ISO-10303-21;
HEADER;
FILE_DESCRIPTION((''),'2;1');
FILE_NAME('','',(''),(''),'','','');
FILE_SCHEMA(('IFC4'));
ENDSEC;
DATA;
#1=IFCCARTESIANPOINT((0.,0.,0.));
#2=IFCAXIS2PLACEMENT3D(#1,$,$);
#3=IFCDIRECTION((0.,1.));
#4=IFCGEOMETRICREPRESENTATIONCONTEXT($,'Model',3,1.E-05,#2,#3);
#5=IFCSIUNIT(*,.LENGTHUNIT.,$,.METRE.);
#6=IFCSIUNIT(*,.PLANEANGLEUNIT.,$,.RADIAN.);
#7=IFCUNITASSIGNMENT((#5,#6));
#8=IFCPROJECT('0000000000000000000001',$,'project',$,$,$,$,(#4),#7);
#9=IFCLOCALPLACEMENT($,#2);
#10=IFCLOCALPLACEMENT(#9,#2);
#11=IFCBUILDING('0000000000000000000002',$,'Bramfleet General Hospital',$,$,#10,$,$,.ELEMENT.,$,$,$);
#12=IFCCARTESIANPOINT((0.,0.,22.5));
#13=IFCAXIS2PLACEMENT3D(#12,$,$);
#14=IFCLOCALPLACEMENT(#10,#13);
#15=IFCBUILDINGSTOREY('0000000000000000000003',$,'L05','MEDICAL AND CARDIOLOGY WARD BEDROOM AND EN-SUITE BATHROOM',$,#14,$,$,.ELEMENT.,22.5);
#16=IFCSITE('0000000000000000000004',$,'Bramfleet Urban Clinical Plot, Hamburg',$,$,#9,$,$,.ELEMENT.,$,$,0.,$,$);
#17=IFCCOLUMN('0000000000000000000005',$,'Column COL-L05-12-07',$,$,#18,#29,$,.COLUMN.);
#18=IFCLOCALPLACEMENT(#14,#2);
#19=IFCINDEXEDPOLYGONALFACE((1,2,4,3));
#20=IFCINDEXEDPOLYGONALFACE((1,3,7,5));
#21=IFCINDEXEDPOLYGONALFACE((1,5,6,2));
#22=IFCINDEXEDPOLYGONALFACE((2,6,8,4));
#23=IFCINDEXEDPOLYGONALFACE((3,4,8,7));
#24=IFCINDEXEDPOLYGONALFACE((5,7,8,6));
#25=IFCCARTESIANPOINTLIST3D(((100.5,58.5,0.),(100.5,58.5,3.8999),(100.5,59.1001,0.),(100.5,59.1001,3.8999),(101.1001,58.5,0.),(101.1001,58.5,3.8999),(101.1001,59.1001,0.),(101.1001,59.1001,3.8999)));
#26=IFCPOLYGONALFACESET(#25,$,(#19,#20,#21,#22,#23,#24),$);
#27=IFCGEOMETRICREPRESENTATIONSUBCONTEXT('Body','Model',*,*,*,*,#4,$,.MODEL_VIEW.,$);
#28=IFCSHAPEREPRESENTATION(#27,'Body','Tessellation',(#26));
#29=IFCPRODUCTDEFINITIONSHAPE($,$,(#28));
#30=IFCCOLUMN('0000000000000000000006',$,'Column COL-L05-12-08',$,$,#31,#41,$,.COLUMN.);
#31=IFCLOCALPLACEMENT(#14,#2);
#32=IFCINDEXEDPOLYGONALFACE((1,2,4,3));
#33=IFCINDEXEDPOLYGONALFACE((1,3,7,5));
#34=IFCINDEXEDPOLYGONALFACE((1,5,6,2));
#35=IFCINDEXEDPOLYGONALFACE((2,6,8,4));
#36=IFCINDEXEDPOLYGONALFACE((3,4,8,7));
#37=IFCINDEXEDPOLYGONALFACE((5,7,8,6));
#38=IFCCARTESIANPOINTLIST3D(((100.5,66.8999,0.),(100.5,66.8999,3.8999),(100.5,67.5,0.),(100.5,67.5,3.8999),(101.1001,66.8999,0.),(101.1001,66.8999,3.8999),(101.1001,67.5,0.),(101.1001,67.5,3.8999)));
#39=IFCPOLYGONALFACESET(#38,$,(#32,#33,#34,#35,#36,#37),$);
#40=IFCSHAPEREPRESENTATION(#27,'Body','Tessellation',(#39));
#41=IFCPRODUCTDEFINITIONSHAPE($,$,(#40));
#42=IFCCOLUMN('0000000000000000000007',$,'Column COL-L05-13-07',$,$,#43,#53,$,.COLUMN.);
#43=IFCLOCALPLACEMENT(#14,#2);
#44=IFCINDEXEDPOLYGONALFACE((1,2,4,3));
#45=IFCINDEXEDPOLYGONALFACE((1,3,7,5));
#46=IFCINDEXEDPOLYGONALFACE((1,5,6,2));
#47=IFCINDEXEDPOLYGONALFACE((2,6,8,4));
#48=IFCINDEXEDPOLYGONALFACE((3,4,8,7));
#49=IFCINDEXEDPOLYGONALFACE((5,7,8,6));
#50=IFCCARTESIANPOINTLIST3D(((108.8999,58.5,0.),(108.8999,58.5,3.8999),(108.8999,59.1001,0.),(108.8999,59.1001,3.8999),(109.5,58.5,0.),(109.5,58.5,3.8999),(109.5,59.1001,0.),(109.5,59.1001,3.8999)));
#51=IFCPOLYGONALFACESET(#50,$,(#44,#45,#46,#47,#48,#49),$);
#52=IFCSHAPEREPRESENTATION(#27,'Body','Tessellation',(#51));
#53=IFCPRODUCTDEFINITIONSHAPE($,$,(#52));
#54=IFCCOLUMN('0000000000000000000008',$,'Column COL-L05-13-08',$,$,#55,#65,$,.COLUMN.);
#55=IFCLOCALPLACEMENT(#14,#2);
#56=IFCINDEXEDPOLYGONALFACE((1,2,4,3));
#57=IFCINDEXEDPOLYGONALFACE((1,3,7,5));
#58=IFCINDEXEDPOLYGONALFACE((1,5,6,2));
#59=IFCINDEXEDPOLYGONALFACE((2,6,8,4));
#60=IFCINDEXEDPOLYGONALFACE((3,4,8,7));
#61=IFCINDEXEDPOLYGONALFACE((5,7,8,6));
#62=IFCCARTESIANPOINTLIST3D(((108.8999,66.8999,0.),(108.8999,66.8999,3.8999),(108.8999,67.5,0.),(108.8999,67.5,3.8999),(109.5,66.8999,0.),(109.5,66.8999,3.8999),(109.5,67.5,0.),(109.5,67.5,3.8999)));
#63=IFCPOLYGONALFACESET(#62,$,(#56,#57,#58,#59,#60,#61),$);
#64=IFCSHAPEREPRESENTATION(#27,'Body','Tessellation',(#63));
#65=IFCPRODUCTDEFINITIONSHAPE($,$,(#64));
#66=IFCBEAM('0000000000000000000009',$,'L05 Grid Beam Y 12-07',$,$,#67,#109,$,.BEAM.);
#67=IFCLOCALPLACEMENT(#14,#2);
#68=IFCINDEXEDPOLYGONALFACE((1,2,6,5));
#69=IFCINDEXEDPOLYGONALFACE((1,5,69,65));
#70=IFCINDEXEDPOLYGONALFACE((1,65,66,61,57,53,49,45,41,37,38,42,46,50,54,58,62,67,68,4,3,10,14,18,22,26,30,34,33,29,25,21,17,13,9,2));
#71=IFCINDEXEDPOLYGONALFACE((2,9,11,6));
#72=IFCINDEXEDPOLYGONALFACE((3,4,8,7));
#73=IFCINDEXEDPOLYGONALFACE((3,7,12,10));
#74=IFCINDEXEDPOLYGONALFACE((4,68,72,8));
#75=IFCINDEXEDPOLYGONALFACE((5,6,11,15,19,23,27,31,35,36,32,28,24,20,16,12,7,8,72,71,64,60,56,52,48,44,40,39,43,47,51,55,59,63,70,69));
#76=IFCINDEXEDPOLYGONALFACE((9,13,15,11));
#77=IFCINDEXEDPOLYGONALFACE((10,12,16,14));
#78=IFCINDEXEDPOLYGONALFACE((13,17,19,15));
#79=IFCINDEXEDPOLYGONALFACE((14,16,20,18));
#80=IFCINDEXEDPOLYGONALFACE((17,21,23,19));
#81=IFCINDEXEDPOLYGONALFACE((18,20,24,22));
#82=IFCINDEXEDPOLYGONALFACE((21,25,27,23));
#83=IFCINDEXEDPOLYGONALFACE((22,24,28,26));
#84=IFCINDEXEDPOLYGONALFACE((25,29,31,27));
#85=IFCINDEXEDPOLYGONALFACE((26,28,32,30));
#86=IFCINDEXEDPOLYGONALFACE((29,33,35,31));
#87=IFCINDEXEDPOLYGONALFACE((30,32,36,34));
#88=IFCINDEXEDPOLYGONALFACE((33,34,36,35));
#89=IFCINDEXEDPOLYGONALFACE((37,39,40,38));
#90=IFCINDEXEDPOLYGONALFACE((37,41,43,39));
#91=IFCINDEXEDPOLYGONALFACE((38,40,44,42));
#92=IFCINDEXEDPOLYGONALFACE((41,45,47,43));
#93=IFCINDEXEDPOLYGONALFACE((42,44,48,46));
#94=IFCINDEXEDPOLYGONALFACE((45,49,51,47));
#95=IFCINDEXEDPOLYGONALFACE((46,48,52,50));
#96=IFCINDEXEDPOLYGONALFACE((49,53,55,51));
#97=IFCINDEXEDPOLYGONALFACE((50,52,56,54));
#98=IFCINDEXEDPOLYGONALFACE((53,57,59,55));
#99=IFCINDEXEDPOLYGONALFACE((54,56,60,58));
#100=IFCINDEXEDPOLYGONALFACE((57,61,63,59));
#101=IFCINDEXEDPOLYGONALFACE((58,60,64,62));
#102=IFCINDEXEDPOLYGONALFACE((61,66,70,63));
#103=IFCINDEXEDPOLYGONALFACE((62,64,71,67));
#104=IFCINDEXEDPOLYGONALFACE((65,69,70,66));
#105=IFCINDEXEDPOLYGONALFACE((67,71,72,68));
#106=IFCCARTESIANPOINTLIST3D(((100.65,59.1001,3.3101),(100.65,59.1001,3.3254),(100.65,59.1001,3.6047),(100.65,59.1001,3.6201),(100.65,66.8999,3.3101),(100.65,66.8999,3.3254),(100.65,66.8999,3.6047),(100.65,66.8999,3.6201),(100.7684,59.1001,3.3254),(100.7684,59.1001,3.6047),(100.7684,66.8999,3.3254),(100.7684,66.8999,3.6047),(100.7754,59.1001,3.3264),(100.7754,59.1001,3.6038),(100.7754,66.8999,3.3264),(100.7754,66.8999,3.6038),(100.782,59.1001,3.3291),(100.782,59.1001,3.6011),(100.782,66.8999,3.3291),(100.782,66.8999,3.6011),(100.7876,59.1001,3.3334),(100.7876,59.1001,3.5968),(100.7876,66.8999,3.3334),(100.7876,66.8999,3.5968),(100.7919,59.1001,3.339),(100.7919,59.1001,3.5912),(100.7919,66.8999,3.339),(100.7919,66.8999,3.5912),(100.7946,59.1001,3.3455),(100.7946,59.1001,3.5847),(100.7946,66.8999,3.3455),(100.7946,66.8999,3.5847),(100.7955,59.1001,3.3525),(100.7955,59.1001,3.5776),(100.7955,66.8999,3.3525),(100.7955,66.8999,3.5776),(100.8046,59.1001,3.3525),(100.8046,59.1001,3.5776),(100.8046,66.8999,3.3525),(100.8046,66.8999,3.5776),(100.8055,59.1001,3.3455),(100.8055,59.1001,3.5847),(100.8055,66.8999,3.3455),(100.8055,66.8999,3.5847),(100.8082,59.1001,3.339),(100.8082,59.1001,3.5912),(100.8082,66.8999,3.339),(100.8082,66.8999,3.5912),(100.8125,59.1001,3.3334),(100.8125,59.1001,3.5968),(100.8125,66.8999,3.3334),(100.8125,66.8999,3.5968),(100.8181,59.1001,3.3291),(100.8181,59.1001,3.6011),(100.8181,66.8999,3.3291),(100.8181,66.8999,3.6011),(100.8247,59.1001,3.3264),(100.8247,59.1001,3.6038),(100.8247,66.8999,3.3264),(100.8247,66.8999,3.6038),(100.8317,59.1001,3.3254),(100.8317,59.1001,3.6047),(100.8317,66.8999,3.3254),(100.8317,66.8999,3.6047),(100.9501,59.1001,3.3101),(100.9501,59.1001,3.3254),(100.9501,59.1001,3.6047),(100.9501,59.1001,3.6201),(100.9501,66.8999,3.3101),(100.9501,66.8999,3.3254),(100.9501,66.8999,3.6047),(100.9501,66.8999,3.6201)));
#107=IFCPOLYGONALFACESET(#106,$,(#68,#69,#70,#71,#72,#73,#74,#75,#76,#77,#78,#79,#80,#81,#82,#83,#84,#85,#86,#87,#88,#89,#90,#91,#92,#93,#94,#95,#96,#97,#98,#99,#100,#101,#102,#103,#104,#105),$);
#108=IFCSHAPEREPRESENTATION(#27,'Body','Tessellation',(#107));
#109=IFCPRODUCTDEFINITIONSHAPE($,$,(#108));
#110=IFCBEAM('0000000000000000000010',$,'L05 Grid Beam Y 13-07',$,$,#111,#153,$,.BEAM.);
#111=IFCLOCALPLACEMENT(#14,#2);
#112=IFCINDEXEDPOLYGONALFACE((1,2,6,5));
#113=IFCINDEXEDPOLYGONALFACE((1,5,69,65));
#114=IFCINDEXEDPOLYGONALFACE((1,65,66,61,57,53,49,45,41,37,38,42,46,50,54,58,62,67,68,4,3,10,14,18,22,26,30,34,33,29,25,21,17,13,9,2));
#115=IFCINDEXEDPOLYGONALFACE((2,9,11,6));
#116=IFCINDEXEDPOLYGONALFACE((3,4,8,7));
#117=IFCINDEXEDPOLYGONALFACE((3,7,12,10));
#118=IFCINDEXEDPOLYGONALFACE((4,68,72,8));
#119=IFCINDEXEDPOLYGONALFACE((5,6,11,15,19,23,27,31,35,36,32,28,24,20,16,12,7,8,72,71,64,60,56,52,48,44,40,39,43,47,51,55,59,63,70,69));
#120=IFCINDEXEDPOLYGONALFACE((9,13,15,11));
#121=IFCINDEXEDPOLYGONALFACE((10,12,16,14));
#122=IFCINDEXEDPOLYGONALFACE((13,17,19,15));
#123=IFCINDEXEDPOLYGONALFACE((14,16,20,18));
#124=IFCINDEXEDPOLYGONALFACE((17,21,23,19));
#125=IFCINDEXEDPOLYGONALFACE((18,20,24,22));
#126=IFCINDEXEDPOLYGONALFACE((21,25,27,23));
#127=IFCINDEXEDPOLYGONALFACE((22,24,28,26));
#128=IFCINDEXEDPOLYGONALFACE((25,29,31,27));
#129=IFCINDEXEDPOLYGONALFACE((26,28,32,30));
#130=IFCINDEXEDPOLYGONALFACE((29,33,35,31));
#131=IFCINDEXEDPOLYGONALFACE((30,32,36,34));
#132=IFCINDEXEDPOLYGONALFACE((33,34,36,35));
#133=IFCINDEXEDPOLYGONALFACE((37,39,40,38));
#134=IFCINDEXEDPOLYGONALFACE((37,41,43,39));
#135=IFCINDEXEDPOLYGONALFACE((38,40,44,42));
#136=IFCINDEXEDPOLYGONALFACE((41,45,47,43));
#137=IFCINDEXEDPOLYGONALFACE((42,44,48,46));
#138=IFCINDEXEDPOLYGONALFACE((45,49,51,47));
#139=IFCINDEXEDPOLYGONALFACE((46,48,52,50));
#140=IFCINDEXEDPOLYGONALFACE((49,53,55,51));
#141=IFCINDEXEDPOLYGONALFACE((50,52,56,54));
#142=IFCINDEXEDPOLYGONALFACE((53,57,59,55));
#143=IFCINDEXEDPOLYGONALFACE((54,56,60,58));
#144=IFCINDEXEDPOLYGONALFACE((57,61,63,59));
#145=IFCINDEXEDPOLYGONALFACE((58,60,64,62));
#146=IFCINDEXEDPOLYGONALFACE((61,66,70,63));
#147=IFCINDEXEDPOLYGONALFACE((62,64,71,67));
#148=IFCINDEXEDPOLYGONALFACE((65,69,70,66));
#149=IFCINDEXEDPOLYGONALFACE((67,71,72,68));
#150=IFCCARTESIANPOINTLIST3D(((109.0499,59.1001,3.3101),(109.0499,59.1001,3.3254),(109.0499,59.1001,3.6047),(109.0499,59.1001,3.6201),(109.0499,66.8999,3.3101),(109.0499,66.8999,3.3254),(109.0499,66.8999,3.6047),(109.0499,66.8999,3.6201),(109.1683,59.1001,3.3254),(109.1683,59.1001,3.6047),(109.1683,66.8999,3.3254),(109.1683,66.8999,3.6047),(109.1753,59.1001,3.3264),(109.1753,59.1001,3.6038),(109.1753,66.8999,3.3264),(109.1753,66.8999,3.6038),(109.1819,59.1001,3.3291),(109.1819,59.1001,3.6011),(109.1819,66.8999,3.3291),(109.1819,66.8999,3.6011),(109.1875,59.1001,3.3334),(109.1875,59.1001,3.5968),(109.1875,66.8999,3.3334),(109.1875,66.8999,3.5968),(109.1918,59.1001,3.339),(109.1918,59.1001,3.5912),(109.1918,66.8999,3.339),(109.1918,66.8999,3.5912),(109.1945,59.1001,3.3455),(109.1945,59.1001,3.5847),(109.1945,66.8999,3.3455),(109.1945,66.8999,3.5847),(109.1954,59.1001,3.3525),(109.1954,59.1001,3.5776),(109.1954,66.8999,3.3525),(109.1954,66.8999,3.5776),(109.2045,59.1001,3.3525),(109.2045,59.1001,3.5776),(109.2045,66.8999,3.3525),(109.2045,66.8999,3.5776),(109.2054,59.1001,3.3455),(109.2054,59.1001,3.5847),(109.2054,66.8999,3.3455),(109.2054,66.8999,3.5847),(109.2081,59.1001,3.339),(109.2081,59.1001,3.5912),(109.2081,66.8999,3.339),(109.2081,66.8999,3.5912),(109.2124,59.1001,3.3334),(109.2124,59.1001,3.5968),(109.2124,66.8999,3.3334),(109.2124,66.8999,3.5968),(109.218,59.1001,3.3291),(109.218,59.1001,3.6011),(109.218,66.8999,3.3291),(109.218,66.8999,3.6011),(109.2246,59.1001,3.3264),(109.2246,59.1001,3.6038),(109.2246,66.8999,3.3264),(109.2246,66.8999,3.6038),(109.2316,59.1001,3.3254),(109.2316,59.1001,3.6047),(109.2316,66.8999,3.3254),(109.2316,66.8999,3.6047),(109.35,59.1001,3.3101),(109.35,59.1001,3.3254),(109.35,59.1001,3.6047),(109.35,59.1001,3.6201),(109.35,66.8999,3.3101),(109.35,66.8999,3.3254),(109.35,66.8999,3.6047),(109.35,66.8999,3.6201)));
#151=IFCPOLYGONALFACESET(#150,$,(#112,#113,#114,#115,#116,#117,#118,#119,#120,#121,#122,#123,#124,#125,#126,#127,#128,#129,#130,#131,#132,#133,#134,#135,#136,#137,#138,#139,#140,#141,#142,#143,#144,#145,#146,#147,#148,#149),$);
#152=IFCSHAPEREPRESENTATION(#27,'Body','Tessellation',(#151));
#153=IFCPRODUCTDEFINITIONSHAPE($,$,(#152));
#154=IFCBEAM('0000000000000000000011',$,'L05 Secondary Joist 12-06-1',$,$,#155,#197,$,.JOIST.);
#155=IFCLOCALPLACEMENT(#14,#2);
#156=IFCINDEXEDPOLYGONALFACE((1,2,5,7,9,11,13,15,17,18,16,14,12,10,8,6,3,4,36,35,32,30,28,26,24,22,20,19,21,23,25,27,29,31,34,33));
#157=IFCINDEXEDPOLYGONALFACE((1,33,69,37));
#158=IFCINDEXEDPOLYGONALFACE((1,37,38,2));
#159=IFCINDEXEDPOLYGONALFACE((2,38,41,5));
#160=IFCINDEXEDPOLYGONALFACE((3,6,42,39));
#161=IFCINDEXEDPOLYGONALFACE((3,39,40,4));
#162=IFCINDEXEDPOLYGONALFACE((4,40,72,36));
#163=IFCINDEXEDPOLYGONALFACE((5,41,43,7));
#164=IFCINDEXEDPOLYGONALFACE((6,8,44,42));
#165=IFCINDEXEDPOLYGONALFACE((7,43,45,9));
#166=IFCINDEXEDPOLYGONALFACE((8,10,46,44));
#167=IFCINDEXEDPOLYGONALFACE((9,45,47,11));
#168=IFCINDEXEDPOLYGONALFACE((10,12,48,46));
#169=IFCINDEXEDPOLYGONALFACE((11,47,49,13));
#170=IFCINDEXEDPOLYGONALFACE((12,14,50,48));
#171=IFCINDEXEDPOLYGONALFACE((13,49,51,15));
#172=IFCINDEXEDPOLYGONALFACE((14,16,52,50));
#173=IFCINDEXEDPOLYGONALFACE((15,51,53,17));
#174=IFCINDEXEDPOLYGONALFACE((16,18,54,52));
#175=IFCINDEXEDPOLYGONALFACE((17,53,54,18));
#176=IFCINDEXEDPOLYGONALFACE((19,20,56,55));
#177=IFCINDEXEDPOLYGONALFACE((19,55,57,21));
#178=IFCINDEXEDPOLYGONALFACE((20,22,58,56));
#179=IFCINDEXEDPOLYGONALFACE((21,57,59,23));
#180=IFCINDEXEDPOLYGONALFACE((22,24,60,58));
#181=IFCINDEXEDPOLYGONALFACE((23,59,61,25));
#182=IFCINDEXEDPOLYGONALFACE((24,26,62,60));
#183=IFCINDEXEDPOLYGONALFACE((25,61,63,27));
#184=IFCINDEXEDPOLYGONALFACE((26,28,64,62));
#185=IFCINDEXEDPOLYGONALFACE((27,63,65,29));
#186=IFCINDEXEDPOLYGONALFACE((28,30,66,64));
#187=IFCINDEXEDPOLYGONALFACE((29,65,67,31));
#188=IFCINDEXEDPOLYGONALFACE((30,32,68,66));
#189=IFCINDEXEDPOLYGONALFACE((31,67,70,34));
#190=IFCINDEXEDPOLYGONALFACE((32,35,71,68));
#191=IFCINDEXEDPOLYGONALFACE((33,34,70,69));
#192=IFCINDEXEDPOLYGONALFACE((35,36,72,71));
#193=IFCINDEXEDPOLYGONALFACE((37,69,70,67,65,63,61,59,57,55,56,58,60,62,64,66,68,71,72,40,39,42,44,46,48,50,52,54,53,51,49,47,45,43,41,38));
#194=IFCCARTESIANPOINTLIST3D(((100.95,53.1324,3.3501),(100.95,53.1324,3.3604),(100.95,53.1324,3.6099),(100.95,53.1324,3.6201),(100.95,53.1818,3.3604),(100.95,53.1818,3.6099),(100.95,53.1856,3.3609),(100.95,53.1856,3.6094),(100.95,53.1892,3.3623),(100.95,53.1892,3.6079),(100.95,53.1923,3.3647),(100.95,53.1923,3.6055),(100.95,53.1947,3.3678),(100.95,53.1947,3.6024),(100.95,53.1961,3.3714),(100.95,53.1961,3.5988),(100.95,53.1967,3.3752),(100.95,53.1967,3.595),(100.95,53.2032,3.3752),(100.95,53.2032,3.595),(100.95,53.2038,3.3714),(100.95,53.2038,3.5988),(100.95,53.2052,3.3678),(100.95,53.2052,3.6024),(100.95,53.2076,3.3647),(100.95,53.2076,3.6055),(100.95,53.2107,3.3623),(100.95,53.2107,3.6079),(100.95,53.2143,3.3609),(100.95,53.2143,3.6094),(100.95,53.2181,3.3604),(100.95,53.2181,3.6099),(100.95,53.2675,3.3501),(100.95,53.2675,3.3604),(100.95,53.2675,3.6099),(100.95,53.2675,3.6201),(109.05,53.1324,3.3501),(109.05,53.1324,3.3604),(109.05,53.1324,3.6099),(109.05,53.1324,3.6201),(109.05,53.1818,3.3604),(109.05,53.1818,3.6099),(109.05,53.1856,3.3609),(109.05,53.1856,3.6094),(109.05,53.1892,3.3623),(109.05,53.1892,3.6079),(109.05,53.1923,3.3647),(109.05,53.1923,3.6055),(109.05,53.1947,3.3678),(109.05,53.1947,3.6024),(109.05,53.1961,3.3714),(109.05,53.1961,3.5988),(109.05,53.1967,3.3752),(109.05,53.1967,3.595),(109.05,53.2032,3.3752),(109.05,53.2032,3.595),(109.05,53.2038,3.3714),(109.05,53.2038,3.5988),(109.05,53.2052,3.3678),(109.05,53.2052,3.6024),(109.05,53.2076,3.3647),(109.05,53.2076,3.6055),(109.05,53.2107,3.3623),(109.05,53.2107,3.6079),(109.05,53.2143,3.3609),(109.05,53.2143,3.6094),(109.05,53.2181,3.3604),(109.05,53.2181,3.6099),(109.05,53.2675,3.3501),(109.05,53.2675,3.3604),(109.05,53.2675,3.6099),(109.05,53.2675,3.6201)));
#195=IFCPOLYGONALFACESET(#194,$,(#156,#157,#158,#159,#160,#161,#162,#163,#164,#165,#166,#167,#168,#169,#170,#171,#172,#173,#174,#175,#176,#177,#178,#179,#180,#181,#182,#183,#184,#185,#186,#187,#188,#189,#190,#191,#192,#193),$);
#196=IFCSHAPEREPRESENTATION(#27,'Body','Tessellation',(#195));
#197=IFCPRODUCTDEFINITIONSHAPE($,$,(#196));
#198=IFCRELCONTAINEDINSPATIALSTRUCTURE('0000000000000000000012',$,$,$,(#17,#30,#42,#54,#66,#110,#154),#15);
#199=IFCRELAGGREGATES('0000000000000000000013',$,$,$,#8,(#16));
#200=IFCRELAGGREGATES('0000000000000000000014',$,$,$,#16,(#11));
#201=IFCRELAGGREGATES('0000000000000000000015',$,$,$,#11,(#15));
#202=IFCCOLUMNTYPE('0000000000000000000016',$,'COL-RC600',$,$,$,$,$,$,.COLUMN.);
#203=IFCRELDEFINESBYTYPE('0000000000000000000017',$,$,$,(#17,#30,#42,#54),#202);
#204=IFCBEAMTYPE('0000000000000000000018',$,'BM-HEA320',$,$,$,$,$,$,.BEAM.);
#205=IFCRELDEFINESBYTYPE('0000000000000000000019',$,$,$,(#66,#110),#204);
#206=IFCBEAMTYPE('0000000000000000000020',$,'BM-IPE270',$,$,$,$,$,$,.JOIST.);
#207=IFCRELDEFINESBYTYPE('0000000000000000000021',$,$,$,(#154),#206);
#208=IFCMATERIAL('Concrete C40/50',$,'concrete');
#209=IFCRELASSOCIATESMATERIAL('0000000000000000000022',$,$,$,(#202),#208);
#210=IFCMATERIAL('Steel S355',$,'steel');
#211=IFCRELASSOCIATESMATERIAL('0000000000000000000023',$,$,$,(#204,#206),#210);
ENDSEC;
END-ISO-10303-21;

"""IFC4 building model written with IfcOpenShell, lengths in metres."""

from ifc_helpers import new_model, si_unit, direction, frame, origin, origin_2d, place, context, subcontext, project, spatial, rectangle, i_section, extrude, material, material_profile, profile_set, type_object, element, save


model = new_model("IFC4")

# Units and contexts
model_context = context("Model", 3, precision=1e-05, world=origin(), true_north=direction((0.0, 1.0)))
body_context = subcontext(model_context, "Body", "Model", "MODEL_VIEW")
ifc_project = project(units=[si_unit("LENGTHUNIT", "METRE"), si_unit("PLANEANGLEUNIT", "RADIAN")], contexts=[model_context])

# Site, building, storey
site_placement = place(None, origin())
site = spatial("IfcSite", under=ifc_project, at=site_placement, Name="Bramfleet Urban Clinical Plot, Hamburg", CompositionType="ELEMENT", RefElevation=0.0)
building_placement = place(site_placement, origin())
building = spatial("IfcBuilding", under=site, at=building_placement, Name="Bramfleet General Hospital", CompositionType="ELEMENT")
storey_placement = place(building_placement, frame((0.0, 0.0, 22.5)))
storey = spatial("IfcBuildingStorey", under=building, at=storey_placement, Name="L05", Description="MEDICAL AND CARDIOLOGY WARD BEDROOM AND EN-SUITE BATHROOM", CompositionType="ELEMENT", Elevation=22.5)

# Columns
ifc_material_1 = material(Name="Concrete C40/50", Category="concrete")
ifc_material_profile_1 = material_profile(ifc_material_1, rectangle(XDim=0.6001, YDim=0.6001, at=origin_2d()), Name="RC COL 600x600")
ifc_profile_set_1 = profile_set([ifc_material_profile_1], Name="Concrete C40/50")
column_type = type_object("IfcColumnType", Name="COL-RC600", PredefinedType="COLUMN", material=ifc_profile_set_1)
for number, where, z_axis, x_axis, name in (
    (1, (100.8, 58.8, 0.0), (0.0, 0.0, 1.0), (1.0, 0.0, 0.0), "Column COL-L05-12-07"),
    (2, (100.8, 67.2, 0.0), (0.0, 0.0, 1.0), (1.0, 0.0, 0.0), "Column COL-L05-12-08"),
    (3, (109.2, 58.8, 0.0), (0.0, 0.0, 1.0), (1.0, 0.0, 0.0), "Column COL-L05-13-07"),
    (4, (109.2, 67.2, 0.0), (0.0, 0.0, 1.0), (1.0, 0.0, 0.0), "Column COL-L05-13-08"),
):
    element("IfcColumn", number, at=place(storey_placement, frame(where, z_axis=z_axis, x_axis=x_axis)), inside=storey, type_object=column_type, Name=name, PredefinedType="COLUMN", context=body_context, shape_type="SweptSolid", body=[
        extrude(rectangle(XDim=0.6001, YDim=0.6001, at=origin_2d()), origin(), (0.0, 0.0, 1.0), 3.8999),
    ])

# Beams
ifc_material_2 = material(Name="Steel S355", Category="steel")
ifc_material_profile_2 = material_profile(ifc_material_2, i_section(OverallWidth=0.3, OverallDepth=0.3101, WebThickness=0.009, FlangeThickness=0.0154, FilletRadius=0.0271, at=origin_2d()), Name="HEA 320")
ifc_profile_set_2 = profile_set([ifc_material_profile_2], Name="Steel S355")
beam_type_1 = type_object("IfcBeamType", Name="BM-HEA320", PredefinedType="BEAM", material=ifc_profile_set_2)
for number, where, z_axis, x_axis, name in (
    (5, (100.8, 59.1001, 3.4651), (0.0, 1.0, 0.0), (-1.0, 0.0, 0.0), "L05 Grid Beam Y 12-07"),
    (6, (109.2, 59.1001, 3.4651), (0.0, 1.0, 0.0), (-1.0, 0.0, 0.0), "L05 Grid Beam Y 13-07"),
):
    element("IfcBeam", number, at=place(storey_placement, frame(where, z_axis=z_axis, x_axis=x_axis)), inside=storey, type_object=beam_type_1, Name=name, PredefinedType="BEAM", context=body_context, shape_type="SweptSolid", body=[
        extrude(i_section(OverallWidth=0.3, OverallDepth=0.3101, WebThickness=0.009, FlangeThickness=0.0154, FilletRadius=0.0271, at=origin_2d()), origin(), (0.0, 0.0, 1.0), 7.7998),
    ])
ifc_material_profile_3 = material_profile(ifc_material_2, i_section(OverallWidth=0.135, OverallDepth=0.27, WebThickness=0.0066, FlangeThickness=0.0103, FilletRadius=0.0149, at=origin_2d()), Name="IPE 270")
ifc_profile_set_3 = profile_set([ifc_material_profile_3], Name="Steel S355")
beam_type_2 = type_object("IfcBeamType", Name="BM-IPE270", PredefinedType="JOIST", material=ifc_profile_set_3)
for number, where, z_axis, x_axis, name in (
    (7, (100.95, 53.2, 3.4851), (1.0, 0.0, 0.0), (0.0, 1.0, 0.0), "L05 Secondary Joist 12-06-1"),
):
    element("IfcBeam", number, at=place(storey_placement, frame(where, z_axis=z_axis, x_axis=x_axis)), inside=storey, type_object=beam_type_2, Name=name, PredefinedType="JOIST", context=body_context, shape_type="SweptSolid", body=[
        extrude(i_section(OverallWidth=0.135, OverallDepth=0.27, WebThickness=0.0066, FlangeThickness=0.0103, FilletRadius=0.0149, at=origin_2d()), origin(), (0.0, 0.0, 1.0), 8.1001),
    ])

save(model, "model.ifc")
